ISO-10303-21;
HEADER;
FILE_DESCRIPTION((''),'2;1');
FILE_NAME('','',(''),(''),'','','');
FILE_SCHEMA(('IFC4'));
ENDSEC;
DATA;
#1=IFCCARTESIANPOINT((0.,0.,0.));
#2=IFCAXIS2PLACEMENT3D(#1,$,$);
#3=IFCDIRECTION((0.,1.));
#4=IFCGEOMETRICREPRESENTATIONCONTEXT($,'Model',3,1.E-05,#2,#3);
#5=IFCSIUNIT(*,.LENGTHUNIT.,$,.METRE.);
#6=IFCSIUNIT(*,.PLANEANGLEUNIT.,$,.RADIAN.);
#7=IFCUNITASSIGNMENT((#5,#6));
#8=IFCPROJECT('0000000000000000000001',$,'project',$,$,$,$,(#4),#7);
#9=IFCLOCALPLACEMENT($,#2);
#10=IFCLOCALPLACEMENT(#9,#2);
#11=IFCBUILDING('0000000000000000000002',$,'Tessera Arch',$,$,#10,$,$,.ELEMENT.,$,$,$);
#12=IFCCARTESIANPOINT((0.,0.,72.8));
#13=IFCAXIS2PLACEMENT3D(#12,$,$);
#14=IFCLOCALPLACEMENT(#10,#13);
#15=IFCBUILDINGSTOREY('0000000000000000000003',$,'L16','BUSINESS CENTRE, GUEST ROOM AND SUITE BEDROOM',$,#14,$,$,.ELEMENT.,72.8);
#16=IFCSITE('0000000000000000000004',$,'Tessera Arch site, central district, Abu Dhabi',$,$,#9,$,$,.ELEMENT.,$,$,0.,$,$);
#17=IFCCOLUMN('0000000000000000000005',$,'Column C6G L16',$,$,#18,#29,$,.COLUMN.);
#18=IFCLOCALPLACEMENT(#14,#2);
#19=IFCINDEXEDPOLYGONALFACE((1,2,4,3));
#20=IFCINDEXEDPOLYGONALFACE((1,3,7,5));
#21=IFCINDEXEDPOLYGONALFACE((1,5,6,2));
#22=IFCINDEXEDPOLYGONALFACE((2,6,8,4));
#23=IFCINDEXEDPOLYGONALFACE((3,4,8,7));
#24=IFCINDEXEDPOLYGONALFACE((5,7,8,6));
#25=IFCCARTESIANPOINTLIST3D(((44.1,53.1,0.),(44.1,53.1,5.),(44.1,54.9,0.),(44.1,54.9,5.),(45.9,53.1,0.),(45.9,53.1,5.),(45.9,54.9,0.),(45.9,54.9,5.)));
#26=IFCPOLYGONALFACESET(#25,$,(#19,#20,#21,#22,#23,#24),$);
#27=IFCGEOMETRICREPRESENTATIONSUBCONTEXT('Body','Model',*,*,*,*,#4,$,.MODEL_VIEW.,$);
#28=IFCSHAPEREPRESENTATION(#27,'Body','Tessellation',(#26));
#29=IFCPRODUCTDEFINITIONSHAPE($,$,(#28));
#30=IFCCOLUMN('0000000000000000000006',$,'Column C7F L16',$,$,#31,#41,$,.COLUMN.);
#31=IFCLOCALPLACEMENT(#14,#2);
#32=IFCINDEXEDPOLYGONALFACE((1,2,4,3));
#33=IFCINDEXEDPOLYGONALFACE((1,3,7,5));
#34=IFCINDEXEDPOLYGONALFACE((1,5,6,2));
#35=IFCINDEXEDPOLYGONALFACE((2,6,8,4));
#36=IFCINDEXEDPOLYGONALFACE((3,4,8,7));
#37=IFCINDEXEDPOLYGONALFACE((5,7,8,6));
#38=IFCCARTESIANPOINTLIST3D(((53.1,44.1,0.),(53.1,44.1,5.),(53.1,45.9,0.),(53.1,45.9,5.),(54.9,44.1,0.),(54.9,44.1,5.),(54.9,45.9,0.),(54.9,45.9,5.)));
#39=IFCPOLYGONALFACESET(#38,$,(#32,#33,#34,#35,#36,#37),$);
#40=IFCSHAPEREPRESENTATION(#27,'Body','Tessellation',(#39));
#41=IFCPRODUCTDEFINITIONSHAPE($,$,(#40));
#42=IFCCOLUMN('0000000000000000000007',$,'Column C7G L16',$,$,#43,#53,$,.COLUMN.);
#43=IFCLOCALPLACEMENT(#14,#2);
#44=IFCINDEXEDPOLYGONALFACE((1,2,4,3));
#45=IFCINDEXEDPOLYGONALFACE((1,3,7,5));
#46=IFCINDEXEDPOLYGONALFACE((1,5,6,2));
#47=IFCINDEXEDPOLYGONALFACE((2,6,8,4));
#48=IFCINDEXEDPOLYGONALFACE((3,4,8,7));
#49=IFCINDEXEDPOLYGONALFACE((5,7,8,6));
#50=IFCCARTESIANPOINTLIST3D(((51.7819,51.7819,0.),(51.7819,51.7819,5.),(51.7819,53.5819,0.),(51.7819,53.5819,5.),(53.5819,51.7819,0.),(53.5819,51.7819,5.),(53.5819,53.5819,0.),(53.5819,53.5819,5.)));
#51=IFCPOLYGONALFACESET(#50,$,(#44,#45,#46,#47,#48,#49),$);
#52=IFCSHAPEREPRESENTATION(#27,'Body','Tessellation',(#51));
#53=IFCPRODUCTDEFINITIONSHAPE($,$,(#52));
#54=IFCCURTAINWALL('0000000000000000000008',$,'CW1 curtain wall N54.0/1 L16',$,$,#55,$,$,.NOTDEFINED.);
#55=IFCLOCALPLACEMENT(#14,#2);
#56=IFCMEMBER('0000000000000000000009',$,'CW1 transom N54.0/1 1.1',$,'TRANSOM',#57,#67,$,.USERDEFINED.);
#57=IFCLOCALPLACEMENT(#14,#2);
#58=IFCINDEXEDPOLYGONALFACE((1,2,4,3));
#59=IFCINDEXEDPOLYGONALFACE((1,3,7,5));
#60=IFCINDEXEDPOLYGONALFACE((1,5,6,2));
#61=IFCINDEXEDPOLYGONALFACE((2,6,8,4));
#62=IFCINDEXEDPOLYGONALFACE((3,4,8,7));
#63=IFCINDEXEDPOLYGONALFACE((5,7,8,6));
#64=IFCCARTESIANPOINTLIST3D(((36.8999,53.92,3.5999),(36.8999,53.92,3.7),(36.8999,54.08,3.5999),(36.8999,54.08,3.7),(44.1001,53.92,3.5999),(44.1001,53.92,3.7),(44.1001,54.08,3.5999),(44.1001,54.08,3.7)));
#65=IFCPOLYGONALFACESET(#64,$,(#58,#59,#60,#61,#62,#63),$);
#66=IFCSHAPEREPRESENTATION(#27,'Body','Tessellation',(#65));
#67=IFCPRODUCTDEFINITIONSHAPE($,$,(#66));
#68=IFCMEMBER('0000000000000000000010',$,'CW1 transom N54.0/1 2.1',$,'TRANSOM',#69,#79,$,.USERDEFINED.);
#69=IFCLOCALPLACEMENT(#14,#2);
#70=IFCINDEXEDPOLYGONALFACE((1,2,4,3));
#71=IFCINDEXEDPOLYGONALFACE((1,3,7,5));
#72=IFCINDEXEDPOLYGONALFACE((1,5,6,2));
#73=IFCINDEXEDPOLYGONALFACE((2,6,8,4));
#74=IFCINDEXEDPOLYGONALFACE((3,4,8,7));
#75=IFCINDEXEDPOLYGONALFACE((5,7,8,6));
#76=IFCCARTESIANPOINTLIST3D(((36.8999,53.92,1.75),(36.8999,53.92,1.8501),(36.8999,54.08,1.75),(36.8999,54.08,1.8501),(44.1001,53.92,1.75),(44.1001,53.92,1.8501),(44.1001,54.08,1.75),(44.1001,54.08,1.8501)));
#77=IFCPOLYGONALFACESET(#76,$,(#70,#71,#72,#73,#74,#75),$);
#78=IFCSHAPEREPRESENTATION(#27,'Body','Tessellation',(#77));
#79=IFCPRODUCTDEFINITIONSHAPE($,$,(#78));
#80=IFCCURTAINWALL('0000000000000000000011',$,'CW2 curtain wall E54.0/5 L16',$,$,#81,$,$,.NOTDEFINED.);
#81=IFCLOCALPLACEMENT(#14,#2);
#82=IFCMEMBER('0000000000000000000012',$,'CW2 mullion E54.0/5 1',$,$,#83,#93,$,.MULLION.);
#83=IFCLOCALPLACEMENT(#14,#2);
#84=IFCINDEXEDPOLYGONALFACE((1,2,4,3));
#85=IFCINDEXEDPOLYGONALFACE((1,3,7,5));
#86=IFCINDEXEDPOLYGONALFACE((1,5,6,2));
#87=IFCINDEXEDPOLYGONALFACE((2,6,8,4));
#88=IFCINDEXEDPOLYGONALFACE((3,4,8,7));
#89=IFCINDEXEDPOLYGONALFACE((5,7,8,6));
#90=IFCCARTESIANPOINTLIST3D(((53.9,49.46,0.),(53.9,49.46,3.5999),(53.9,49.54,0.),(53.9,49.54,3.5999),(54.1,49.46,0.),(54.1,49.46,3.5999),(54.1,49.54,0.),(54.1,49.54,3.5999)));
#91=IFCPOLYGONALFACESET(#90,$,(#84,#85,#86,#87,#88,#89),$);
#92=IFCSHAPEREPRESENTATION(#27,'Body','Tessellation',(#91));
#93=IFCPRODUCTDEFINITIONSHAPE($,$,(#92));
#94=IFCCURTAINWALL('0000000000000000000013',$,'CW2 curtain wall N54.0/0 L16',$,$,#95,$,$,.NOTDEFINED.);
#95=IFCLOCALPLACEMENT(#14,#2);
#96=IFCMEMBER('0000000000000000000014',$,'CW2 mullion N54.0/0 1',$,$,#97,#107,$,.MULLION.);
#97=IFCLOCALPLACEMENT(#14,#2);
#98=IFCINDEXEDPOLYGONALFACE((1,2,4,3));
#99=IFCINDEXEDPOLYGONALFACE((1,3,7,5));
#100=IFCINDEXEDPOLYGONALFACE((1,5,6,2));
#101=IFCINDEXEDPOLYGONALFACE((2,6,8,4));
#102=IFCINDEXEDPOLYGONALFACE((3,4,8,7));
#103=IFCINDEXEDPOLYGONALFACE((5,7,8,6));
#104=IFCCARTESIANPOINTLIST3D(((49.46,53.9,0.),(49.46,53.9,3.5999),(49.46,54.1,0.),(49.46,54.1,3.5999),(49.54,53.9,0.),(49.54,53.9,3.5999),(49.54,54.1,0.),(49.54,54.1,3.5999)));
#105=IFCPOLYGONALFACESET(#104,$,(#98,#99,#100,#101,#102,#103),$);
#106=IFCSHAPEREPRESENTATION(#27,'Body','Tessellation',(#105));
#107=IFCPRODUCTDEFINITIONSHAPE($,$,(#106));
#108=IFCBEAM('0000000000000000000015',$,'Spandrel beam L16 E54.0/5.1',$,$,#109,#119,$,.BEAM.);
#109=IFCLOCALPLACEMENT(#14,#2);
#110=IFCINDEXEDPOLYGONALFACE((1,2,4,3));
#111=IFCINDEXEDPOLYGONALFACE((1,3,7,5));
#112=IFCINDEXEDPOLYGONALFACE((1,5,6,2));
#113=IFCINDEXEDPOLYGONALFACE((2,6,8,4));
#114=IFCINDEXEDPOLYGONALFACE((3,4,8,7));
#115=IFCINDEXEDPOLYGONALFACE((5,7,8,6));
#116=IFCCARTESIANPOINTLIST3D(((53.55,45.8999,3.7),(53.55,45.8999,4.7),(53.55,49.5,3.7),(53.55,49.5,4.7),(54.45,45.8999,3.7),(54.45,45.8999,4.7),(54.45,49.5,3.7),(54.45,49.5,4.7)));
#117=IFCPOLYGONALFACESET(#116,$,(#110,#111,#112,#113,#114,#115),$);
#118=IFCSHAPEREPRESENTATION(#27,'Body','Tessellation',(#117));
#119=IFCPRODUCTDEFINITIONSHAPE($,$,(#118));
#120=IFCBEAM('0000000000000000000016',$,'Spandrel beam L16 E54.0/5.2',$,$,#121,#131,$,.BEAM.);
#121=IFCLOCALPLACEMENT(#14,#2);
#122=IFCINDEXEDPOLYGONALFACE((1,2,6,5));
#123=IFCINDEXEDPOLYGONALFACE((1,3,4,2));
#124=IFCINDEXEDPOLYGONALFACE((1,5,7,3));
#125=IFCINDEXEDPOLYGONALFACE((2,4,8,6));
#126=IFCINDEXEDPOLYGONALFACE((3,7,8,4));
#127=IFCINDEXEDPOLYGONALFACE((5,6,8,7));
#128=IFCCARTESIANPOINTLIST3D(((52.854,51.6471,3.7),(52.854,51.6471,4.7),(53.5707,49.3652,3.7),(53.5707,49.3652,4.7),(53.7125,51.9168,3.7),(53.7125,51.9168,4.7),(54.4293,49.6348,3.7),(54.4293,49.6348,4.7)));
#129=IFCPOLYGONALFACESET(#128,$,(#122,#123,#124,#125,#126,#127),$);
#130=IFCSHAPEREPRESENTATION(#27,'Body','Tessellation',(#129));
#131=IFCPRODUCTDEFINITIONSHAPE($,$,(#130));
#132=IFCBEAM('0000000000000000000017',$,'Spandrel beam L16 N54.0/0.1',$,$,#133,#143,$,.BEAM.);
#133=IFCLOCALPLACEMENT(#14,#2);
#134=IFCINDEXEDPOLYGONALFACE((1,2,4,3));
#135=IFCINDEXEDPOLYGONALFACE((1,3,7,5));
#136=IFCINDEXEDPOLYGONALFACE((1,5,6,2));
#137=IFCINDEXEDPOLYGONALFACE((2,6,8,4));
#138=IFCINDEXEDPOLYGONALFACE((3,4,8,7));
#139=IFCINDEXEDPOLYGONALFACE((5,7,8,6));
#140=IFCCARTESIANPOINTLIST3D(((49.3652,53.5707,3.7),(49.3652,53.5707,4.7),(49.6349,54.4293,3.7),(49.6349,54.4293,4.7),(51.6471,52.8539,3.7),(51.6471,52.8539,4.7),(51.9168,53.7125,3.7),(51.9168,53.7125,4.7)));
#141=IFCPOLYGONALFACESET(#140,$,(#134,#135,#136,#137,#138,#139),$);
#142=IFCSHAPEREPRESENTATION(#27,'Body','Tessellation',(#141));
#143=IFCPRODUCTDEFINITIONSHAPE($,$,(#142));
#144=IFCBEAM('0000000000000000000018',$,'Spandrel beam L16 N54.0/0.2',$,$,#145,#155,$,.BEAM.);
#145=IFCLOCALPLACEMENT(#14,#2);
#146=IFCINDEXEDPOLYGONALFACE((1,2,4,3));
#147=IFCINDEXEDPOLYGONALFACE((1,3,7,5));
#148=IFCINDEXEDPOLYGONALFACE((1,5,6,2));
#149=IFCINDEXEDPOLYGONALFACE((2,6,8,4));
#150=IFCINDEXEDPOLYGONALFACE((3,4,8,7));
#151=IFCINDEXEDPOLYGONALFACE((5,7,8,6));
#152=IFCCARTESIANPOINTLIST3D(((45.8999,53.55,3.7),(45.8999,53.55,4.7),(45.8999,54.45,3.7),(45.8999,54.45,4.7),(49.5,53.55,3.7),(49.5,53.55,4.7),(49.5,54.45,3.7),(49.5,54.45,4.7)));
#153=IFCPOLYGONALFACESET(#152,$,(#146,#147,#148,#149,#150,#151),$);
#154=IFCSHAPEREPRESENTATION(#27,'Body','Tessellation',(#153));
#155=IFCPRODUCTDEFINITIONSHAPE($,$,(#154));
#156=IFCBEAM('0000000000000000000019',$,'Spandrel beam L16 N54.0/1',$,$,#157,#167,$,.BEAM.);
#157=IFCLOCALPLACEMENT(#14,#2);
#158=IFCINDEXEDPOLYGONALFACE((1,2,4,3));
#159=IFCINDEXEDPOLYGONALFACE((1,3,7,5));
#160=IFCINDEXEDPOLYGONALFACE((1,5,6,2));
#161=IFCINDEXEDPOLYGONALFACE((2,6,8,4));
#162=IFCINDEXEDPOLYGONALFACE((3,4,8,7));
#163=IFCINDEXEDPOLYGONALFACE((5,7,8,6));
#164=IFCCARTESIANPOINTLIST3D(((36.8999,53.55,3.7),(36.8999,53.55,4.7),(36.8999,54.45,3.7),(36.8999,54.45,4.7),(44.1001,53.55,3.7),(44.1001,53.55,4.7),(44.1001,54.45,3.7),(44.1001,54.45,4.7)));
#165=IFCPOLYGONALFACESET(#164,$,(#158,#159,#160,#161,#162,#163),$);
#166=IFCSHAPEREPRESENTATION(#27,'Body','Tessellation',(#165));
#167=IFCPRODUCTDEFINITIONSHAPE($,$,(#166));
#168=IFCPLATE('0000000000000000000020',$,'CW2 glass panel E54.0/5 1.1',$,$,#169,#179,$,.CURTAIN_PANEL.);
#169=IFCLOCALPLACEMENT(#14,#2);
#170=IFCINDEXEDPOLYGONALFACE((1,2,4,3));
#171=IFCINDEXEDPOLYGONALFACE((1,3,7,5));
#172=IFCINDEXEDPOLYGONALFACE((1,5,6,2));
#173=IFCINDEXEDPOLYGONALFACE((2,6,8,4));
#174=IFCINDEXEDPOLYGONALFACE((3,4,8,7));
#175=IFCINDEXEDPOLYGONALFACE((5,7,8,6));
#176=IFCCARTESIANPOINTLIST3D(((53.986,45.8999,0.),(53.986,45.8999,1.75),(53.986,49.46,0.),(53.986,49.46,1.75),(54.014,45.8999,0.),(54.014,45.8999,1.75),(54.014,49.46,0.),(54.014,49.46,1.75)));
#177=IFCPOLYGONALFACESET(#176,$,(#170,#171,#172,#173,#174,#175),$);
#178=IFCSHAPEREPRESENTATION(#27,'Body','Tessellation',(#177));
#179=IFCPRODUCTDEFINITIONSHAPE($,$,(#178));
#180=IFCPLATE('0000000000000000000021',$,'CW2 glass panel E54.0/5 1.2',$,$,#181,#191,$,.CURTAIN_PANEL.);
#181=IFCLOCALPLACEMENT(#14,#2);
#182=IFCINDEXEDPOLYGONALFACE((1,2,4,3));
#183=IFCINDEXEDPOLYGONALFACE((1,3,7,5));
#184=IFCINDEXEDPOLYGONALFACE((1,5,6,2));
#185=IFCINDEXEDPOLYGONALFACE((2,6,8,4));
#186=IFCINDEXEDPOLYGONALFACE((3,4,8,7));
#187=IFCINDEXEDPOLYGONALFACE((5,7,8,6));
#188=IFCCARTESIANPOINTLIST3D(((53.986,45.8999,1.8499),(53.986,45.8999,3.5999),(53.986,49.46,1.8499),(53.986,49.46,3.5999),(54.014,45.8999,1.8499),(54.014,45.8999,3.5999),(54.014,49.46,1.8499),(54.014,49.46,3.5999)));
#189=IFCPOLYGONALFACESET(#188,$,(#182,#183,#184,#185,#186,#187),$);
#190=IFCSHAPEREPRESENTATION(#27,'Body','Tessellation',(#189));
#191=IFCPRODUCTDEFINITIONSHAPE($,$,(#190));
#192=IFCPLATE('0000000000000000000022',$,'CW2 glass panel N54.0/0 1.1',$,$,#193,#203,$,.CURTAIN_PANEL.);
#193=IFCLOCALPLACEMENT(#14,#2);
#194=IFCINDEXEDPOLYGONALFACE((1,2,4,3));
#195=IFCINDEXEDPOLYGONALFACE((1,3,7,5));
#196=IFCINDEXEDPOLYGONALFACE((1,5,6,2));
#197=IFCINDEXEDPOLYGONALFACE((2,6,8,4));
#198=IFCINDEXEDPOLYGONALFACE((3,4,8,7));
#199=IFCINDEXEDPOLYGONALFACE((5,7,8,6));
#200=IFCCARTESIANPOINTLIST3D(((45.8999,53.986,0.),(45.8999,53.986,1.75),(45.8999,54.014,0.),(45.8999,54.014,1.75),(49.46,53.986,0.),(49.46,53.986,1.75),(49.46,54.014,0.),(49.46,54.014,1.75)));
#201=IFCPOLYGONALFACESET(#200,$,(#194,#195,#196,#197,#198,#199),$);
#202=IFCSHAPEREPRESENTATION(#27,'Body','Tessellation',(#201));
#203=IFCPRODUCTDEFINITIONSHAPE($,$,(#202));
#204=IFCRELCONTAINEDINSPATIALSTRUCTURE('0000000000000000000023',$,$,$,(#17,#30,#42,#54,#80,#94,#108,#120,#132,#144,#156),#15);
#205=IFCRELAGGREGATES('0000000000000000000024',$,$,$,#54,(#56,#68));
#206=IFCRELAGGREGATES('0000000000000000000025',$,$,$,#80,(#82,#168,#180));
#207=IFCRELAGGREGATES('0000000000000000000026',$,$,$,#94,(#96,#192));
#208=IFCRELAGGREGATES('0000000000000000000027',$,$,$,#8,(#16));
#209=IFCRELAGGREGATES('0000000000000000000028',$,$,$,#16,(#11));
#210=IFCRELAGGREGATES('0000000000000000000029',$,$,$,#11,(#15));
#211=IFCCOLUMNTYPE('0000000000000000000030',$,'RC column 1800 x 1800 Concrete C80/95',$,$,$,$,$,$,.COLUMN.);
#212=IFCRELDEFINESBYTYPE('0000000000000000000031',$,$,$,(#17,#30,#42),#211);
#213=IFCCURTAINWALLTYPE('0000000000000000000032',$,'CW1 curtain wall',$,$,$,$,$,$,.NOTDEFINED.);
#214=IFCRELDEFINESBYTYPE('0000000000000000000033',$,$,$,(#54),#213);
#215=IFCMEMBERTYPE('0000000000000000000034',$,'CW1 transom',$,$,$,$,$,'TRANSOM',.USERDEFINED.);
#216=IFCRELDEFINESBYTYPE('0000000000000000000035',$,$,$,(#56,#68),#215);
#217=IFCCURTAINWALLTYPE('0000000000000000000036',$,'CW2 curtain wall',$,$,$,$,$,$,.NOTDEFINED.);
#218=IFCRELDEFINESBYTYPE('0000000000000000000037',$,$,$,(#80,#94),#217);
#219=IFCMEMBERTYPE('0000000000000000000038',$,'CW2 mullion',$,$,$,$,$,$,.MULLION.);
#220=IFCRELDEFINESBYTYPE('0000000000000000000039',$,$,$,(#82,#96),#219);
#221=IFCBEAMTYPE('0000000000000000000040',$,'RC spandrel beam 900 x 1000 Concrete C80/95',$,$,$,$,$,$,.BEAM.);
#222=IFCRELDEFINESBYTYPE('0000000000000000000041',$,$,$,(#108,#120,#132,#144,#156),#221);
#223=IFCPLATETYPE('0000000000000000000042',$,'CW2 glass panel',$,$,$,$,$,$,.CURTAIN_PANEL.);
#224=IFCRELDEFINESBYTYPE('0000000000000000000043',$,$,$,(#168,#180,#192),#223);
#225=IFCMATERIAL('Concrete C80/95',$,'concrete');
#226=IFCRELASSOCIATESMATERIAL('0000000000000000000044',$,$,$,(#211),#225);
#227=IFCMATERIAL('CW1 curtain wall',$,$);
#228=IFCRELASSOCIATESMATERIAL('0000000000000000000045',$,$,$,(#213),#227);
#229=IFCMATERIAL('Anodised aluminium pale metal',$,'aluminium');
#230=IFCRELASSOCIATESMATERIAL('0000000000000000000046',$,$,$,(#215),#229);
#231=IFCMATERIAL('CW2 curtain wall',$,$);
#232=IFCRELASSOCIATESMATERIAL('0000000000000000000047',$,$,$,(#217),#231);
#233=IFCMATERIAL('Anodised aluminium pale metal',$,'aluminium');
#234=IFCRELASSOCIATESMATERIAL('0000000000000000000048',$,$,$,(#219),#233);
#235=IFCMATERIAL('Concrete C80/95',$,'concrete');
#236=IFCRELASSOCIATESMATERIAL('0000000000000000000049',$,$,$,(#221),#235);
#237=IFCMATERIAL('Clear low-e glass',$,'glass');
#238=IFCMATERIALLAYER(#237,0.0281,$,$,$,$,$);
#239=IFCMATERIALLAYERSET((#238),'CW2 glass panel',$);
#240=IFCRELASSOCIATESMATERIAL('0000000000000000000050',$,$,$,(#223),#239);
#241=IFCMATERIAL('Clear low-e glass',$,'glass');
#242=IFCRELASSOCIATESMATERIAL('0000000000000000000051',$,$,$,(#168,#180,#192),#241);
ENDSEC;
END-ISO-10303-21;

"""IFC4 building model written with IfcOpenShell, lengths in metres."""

from ifc_helpers import new_model, si_unit, direction, frame, origin, origin_2d, place, context, subcontext, project, spatial, rectangle, extrude, material, layer, layer_set, material_profile, profile_set, type_object, element, aggregate, save


model = new_model("IFC4")

# Units and contexts
model_context = context("Model", 3, precision=1e-05, world=origin(), true_north=direction((0.0, 1.0)))
body_context = subcontext(model_context, "Body", "Model", "MODEL_VIEW")
ifc_project = project(units=[si_unit("LENGTHUNIT", "METRE"), si_unit("PLANEANGLEUNIT", "RADIAN")], contexts=[model_context])

# Site, building, storey
site_placement = place(None, origin())
site = spatial("IfcSite", under=ifc_project, at=site_placement, Name="Tessera Arch site, central district, Abu Dhabi", CompositionType="ELEMENT", RefElevation=0.0)
building_placement = place(site_placement, origin())
building = spatial("IfcBuilding", under=site, at=building_placement, Name="Tessera Arch", CompositionType="ELEMENT")
storey_placement = place(building_placement, frame((0.0, 0.0, 72.8)))
storey = spatial("IfcBuildingStorey", under=building, at=storey_placement, Name="L16", Description="BUSINESS CENTRE, GUEST ROOM AND SUITE BEDROOM", CompositionType="ELEMENT", Elevation=72.8)

# Columns
ifc_material_1 = material(Name="Concrete C80/95", Category="concrete")
ifc_material_profile_1 = material_profile(ifc_material_1, rectangle(XDim=1.8, YDim=1.8, at=origin_2d()), Name="RC column 1800 x 1800 Concrete C80/95")
ifc_profile_set_1 = profile_set([ifc_material_profile_1], Name="Concrete C80/95")
column_type = type_object("IfcColumnType", Name="RC column 1800 x 1800 Concrete C80/95", PredefinedType="COLUMN", material=ifc_profile_set_1)
for number, where, z_axis, x_axis, name in (
    (1, (45.0, 54.0, 0.0), (0.0, 0.0, 1.0), (1.0, 0.0, 0.0), "Column C6G L16"),
    (2, (54.0, 45.0, 0.0), (0.0, 0.0, 1.0), (1.0, 0.0, 0.0), "Column C7F L16"),
    (3, (52.6819, 52.6819, 0.0), (0.0, 0.0, 1.0), (1.0, 0.0, 0.0), "Column C7G L16"),
):
    element("IfcColumn", number, at=place(storey_placement, frame(where, z_axis=z_axis, x_axis=x_axis)), inside=storey, type_object=column_type, Name=name, PredefinedType="COLUMN", context=body_context, shape_type="SweptSolid", body=[
        extrude(rectangle(XDim=1.8, YDim=1.8, at=origin_2d()), origin(), (0.0, 0.0, 1.0), 5.0),
    ])

# Curtain wall, members
ifc_material_2 = material(Name="CW1 curtain wall")
curtain_wall_type_1 = type_object("IfcCurtainWallType", Name="CW1 curtain wall", PredefinedType="NOTDEFINED", material=ifc_material_2)
curtain_wall_1_placement = place(storey_placement, origin())
curtain_wall_1 = element("IfcCurtainWall", 4, at=curtain_wall_1_placement, inside=storey, type_object=curtain_wall_type_1, Name="CW1 curtain wall N54.0/1 L16", PredefinedType="NOTDEFINED")
ifc_material_3 = material(Name="Anodised aluminium pale metal", Category="aluminium")
ifc_material_profile_2 = material_profile(ifc_material_3, rectangle(XDim=0.1599, YDim=0.1001, at=origin_2d()), Name="AL 160x100")
ifc_profile_set_2 = profile_set([ifc_material_profile_2], Name="Anodised aluminium pale metal")
member_type_1 = type_object("IfcMemberType", Name="CW1 transom", ElementType="TRANSOM", PredefinedType="USERDEFINED", material=ifc_profile_set_2)
member_1_placement = place(storey_placement, frame((44.1001, 54.0, 3.6499), z_axis=(-1.0, 0.0, 0.0), x_axis=(0.0, -1.0, 0.0)))
member_1 = element("IfcMember", 5, at=member_1_placement, type_object=member_type_1, Name="CW1 transom N54.0/1 1.1", ObjectType="TRANSOM", PredefinedType="USERDEFINED", context=body_context, shape_type="SweptSolid", body=[
    extrude(rectangle(XDim=0.1599, YDim=0.1001, at=origin_2d()), origin(), (0.0, 0.0, 1.0), 7.2002),
])
member_2_placement = place(storey_placement, frame((44.1001, 54.0, 1.8), z_axis=(-1.0, 0.0, 0.0), x_axis=(0.0, -1.0, 0.0)))
member_2 = element("IfcMember", 6, at=member_2_placement, type_object=member_type_1, Name="CW1 transom N54.0/1 2.1", ObjectType="TRANSOM", PredefinedType="USERDEFINED", context=body_context, shape_type="SweptSolid", body=[
    extrude(rectangle(XDim=0.1599, YDim=0.1001, at=origin_2d()), origin(), (0.0, 0.0, 1.0), 7.2002),
])
aggregate(curtain_wall_1, [member_1, member_2])

# Curtain walls, members
ifc_material_4 = material(Name="CW2 curtain wall")
curtain_wall_type_2 = type_object("IfcCurtainWallType", Name="CW2 curtain wall", PredefinedType="NOTDEFINED", material=ifc_material_4)
curtain_wall_2_placement = place(storey_placement, origin())
curtain_wall_2 = element("IfcCurtainWall", 7, at=curtain_wall_2_placement, inside=storey, type_object=curtain_wall_type_2, Name="CW2 curtain wall E54.0/5 L16", PredefinedType="NOTDEFINED")
ifc_material_5 = material(Name="Anodised aluminium pale metal", Category="aluminium")
ifc_material_profile_3 = material_profile(ifc_material_5, rectangle(XDim=0.2, YDim=0.0801, at=origin_2d()), Name="AL 80x200")
ifc_profile_set_3 = profile_set([ifc_material_profile_3], Name="Anodised aluminium pale metal")
member_type_2 = type_object("IfcMemberType", Name="CW2 mullion", PredefinedType="MULLION", material=ifc_profile_set_3)
member_3_placement = place(storey_placement, frame((54.0, 49.5, 0.0), z_axis=(0.0, 0.0, 1.0), x_axis=(-1.0, 0.0, 0.0)))
member_3 = element("IfcMember", 8, at=member_3_placement, type_object=member_type_2, Name="CW2 mullion E54.0/5 1", PredefinedType="MULLION", context=body_context, shape_type="SweptSolid", body=[
    extrude(rectangle(XDim=0.2, YDim=0.0801, at=origin_2d()), origin(), (0.0, 0.0, 1.0), 3.5999),
])
curtain_wall_3_placement = place(storey_placement, origin())
curtain_wall_3 = element("IfcCurtainWall", 9, at=curtain_wall_3_placement, inside=storey, type_object=curtain_wall_type_2, Name="CW2 curtain wall N54.0/0 L16", PredefinedType="NOTDEFINED")
member_4_placement = place(storey_placement, frame((49.5, 54.0, 0.0), z_axis=(0.0, 0.0, 1.0), x_axis=(0.0, -1.0, 0.0)))
member_4 = element("IfcMember", 10, at=member_4_placement, type_object=member_type_2, Name="CW2 mullion N54.0/0 1", PredefinedType="MULLION", context=body_context, shape_type="SweptSolid", body=[
    extrude(rectangle(XDim=0.2, YDim=0.0801, at=origin_2d()), origin(), (0.0, 0.0, 1.0), 3.5999),
])

# Beams
ifc_material_6 = material(Name="Concrete C80/95", Category="concrete")
ifc_material_profile_4 = material_profile(ifc_material_6, rectangle(XDim=0.8999, YDim=1.0, at=origin_2d()), Name="RC spandrel beam 900 x 1000 Concrete C80/95")
ifc_profile_set_4 = profile_set([ifc_material_profile_4], Name="Concrete C80/95")
beam_type = type_object("IfcBeamType", Name="RC spandrel beam 900 x 1000 Concrete C80/95", PredefinedType="BEAM", material=ifc_profile_set_4)
beam_1_placement = place(storey_placement, frame((54.0, 45.8999, 4.2), z_axis=(0.0, 1.0, 0.0), x_axis=(-1.0, 0.0, 0.0)))
element("IfcBeam", 11, at=beam_1_placement, inside=storey, type_object=beam_type, Name="Spandrel beam L16 E54.0/5.1", PredefinedType="BEAM", context=body_context, shape_type="SweptSolid", body=[
    extrude(rectangle(XDim=0.8999, YDim=1.0, at=origin_2d()), origin(), (0.0, 0.0, 1.0), 3.6001),
])
for number, where, z_axis, x_axis, name in (
    (12, (54.0, 49.5, 4.2), (-0.299675, 0.954041, 0.0), (-0.954041, -0.299675, 0.0), "Spandrel beam L16 E54.0/5.2"),
    (13, (51.782, 53.2832, 4.2), (-0.954041, 0.299675, 0.0), (-0.299675, -0.954041, 0.0), "Spandrel beam L16 N54.0/0.1"),
):
    element("IfcBeam", number, at=place(storey_placement, frame(where, z_axis=z_axis, x_axis=x_axis)), inside=storey, type_object=beam_type, Name=name, PredefinedType="BEAM", context=body_context, shape_type="SweptSolid", body=[
        extrude(rectangle(XDim=0.8999, YDim=1.0, at=origin_2d()), origin(), (0.0, 0.0, 1.0), 2.3918),
    ])
beam_2_placement = place(storey_placement, frame((49.5, 54.0, 4.2), z_axis=(-1.0, 0.0, 0.0), x_axis=(0.0, -1.0, 0.0)))
element("IfcBeam", 14, at=beam_2_placement, inside=storey, type_object=beam_type, Name="Spandrel beam L16 N54.0/0.2", PredefinedType="BEAM", context=body_context, shape_type="SweptSolid", body=[
    extrude(rectangle(XDim=0.8999, YDim=1.0, at=origin_2d()), origin(), (0.0, 0.0, 1.0), 3.6001),
])
beam_3_placement = place(storey_placement, frame((44.1001, 54.0, 4.2), z_axis=(-1.0, 0.0, 0.0), x_axis=(0.0, -1.0, 0.0)))
element("IfcBeam", 15, at=beam_3_placement, inside=storey, type_object=beam_type, Name="Spandrel beam L16 N54.0/1", PredefinedType="BEAM", context=body_context, shape_type="SweptSolid", body=[
    extrude(rectangle(XDim=0.8999, YDim=1.0, at=origin_2d()), origin(), (0.0, 0.0, 1.0), 7.2002),
])

# Plates
ifc_material_7 = material(Name="Clear low-e glass", Category="glass")
ifc_material_8 = material(Name="Clear low-e glass", Category="glass")
ifc_layer_1 = layer(ifc_material_8, 0.0281)
ifc_layer_set_1 = layer_set([ifc_layer_1], Name="CW2 glass panel")
plate_type_1 = type_object("IfcPlateType", Name="CW2 glass panel", PredefinedType="CURTAIN_PANEL", material=ifc_layer_set_1)
plate_1_placement = place(storey_placement, frame((54.0, 47.6799, 0.0), z_axis=(0.0, 0.0, 1.0), x_axis=(0.0, 1.0, 0.0)))
plate_1 = element("IfcPlate", 16, at=plate_1_placement, type_object=plate_type_1, material=ifc_material_7, Name="CW2 glass panel E54.0/5 1.1", PredefinedType="CURTAIN_PANEL", context=body_context, shape_type="SweptSolid", body=[
    extrude(rectangle(XDim=3.5601, YDim=0.0281, at=origin_2d()), origin(), (0.0, 0.0, 1.0), 1.75),
])
plate_2_placement = place(storey_placement, frame((54.0, 47.6799, 1.8499), z_axis=(0.0, 0.0, 1.0), x_axis=(0.0, 1.0, 0.0)))
plate_2 = element("IfcPlate", 17, at=plate_2_placement, type_object=plate_type_1, material=ifc_material_7, Name="CW2 glass panel E54.0/5 1.2", PredefinedType="CURTAIN_PANEL", context=body_context, shape_type="SweptSolid", body=[
    extrude(rectangle(XDim=3.5601, YDim=0.0281, at=origin_2d()), origin(), (0.0, 0.0, 1.0), 1.75),
])
aggregate(curtain_wall_2, [member_3, plate_1, plate_2])
plate_3_placement = place(storey_placement, frame((47.6799, 54.0, 0.0), z_axis=(0.0, 0.0, 1.0), x_axis=(-1.0, 0.0, 0.0)))
plate_3 = element("IfcPlate", 18, at=plate_3_placement, type_object=plate_type_1, material=ifc_material_7, Name="CW2 glass panel N54.0/0 1.1", PredefinedType="CURTAIN_PANEL", context=body_context, shape_type="SweptSolid", body=[
    extrude(rectangle(XDim=3.5601, YDim=0.0281, at=origin_2d()), origin(), (0.0, 0.0, 1.0), 1.75),
])
aggregate(curtain_wall_3, [member_4, plate_3])

save(model, "model.ifc")
